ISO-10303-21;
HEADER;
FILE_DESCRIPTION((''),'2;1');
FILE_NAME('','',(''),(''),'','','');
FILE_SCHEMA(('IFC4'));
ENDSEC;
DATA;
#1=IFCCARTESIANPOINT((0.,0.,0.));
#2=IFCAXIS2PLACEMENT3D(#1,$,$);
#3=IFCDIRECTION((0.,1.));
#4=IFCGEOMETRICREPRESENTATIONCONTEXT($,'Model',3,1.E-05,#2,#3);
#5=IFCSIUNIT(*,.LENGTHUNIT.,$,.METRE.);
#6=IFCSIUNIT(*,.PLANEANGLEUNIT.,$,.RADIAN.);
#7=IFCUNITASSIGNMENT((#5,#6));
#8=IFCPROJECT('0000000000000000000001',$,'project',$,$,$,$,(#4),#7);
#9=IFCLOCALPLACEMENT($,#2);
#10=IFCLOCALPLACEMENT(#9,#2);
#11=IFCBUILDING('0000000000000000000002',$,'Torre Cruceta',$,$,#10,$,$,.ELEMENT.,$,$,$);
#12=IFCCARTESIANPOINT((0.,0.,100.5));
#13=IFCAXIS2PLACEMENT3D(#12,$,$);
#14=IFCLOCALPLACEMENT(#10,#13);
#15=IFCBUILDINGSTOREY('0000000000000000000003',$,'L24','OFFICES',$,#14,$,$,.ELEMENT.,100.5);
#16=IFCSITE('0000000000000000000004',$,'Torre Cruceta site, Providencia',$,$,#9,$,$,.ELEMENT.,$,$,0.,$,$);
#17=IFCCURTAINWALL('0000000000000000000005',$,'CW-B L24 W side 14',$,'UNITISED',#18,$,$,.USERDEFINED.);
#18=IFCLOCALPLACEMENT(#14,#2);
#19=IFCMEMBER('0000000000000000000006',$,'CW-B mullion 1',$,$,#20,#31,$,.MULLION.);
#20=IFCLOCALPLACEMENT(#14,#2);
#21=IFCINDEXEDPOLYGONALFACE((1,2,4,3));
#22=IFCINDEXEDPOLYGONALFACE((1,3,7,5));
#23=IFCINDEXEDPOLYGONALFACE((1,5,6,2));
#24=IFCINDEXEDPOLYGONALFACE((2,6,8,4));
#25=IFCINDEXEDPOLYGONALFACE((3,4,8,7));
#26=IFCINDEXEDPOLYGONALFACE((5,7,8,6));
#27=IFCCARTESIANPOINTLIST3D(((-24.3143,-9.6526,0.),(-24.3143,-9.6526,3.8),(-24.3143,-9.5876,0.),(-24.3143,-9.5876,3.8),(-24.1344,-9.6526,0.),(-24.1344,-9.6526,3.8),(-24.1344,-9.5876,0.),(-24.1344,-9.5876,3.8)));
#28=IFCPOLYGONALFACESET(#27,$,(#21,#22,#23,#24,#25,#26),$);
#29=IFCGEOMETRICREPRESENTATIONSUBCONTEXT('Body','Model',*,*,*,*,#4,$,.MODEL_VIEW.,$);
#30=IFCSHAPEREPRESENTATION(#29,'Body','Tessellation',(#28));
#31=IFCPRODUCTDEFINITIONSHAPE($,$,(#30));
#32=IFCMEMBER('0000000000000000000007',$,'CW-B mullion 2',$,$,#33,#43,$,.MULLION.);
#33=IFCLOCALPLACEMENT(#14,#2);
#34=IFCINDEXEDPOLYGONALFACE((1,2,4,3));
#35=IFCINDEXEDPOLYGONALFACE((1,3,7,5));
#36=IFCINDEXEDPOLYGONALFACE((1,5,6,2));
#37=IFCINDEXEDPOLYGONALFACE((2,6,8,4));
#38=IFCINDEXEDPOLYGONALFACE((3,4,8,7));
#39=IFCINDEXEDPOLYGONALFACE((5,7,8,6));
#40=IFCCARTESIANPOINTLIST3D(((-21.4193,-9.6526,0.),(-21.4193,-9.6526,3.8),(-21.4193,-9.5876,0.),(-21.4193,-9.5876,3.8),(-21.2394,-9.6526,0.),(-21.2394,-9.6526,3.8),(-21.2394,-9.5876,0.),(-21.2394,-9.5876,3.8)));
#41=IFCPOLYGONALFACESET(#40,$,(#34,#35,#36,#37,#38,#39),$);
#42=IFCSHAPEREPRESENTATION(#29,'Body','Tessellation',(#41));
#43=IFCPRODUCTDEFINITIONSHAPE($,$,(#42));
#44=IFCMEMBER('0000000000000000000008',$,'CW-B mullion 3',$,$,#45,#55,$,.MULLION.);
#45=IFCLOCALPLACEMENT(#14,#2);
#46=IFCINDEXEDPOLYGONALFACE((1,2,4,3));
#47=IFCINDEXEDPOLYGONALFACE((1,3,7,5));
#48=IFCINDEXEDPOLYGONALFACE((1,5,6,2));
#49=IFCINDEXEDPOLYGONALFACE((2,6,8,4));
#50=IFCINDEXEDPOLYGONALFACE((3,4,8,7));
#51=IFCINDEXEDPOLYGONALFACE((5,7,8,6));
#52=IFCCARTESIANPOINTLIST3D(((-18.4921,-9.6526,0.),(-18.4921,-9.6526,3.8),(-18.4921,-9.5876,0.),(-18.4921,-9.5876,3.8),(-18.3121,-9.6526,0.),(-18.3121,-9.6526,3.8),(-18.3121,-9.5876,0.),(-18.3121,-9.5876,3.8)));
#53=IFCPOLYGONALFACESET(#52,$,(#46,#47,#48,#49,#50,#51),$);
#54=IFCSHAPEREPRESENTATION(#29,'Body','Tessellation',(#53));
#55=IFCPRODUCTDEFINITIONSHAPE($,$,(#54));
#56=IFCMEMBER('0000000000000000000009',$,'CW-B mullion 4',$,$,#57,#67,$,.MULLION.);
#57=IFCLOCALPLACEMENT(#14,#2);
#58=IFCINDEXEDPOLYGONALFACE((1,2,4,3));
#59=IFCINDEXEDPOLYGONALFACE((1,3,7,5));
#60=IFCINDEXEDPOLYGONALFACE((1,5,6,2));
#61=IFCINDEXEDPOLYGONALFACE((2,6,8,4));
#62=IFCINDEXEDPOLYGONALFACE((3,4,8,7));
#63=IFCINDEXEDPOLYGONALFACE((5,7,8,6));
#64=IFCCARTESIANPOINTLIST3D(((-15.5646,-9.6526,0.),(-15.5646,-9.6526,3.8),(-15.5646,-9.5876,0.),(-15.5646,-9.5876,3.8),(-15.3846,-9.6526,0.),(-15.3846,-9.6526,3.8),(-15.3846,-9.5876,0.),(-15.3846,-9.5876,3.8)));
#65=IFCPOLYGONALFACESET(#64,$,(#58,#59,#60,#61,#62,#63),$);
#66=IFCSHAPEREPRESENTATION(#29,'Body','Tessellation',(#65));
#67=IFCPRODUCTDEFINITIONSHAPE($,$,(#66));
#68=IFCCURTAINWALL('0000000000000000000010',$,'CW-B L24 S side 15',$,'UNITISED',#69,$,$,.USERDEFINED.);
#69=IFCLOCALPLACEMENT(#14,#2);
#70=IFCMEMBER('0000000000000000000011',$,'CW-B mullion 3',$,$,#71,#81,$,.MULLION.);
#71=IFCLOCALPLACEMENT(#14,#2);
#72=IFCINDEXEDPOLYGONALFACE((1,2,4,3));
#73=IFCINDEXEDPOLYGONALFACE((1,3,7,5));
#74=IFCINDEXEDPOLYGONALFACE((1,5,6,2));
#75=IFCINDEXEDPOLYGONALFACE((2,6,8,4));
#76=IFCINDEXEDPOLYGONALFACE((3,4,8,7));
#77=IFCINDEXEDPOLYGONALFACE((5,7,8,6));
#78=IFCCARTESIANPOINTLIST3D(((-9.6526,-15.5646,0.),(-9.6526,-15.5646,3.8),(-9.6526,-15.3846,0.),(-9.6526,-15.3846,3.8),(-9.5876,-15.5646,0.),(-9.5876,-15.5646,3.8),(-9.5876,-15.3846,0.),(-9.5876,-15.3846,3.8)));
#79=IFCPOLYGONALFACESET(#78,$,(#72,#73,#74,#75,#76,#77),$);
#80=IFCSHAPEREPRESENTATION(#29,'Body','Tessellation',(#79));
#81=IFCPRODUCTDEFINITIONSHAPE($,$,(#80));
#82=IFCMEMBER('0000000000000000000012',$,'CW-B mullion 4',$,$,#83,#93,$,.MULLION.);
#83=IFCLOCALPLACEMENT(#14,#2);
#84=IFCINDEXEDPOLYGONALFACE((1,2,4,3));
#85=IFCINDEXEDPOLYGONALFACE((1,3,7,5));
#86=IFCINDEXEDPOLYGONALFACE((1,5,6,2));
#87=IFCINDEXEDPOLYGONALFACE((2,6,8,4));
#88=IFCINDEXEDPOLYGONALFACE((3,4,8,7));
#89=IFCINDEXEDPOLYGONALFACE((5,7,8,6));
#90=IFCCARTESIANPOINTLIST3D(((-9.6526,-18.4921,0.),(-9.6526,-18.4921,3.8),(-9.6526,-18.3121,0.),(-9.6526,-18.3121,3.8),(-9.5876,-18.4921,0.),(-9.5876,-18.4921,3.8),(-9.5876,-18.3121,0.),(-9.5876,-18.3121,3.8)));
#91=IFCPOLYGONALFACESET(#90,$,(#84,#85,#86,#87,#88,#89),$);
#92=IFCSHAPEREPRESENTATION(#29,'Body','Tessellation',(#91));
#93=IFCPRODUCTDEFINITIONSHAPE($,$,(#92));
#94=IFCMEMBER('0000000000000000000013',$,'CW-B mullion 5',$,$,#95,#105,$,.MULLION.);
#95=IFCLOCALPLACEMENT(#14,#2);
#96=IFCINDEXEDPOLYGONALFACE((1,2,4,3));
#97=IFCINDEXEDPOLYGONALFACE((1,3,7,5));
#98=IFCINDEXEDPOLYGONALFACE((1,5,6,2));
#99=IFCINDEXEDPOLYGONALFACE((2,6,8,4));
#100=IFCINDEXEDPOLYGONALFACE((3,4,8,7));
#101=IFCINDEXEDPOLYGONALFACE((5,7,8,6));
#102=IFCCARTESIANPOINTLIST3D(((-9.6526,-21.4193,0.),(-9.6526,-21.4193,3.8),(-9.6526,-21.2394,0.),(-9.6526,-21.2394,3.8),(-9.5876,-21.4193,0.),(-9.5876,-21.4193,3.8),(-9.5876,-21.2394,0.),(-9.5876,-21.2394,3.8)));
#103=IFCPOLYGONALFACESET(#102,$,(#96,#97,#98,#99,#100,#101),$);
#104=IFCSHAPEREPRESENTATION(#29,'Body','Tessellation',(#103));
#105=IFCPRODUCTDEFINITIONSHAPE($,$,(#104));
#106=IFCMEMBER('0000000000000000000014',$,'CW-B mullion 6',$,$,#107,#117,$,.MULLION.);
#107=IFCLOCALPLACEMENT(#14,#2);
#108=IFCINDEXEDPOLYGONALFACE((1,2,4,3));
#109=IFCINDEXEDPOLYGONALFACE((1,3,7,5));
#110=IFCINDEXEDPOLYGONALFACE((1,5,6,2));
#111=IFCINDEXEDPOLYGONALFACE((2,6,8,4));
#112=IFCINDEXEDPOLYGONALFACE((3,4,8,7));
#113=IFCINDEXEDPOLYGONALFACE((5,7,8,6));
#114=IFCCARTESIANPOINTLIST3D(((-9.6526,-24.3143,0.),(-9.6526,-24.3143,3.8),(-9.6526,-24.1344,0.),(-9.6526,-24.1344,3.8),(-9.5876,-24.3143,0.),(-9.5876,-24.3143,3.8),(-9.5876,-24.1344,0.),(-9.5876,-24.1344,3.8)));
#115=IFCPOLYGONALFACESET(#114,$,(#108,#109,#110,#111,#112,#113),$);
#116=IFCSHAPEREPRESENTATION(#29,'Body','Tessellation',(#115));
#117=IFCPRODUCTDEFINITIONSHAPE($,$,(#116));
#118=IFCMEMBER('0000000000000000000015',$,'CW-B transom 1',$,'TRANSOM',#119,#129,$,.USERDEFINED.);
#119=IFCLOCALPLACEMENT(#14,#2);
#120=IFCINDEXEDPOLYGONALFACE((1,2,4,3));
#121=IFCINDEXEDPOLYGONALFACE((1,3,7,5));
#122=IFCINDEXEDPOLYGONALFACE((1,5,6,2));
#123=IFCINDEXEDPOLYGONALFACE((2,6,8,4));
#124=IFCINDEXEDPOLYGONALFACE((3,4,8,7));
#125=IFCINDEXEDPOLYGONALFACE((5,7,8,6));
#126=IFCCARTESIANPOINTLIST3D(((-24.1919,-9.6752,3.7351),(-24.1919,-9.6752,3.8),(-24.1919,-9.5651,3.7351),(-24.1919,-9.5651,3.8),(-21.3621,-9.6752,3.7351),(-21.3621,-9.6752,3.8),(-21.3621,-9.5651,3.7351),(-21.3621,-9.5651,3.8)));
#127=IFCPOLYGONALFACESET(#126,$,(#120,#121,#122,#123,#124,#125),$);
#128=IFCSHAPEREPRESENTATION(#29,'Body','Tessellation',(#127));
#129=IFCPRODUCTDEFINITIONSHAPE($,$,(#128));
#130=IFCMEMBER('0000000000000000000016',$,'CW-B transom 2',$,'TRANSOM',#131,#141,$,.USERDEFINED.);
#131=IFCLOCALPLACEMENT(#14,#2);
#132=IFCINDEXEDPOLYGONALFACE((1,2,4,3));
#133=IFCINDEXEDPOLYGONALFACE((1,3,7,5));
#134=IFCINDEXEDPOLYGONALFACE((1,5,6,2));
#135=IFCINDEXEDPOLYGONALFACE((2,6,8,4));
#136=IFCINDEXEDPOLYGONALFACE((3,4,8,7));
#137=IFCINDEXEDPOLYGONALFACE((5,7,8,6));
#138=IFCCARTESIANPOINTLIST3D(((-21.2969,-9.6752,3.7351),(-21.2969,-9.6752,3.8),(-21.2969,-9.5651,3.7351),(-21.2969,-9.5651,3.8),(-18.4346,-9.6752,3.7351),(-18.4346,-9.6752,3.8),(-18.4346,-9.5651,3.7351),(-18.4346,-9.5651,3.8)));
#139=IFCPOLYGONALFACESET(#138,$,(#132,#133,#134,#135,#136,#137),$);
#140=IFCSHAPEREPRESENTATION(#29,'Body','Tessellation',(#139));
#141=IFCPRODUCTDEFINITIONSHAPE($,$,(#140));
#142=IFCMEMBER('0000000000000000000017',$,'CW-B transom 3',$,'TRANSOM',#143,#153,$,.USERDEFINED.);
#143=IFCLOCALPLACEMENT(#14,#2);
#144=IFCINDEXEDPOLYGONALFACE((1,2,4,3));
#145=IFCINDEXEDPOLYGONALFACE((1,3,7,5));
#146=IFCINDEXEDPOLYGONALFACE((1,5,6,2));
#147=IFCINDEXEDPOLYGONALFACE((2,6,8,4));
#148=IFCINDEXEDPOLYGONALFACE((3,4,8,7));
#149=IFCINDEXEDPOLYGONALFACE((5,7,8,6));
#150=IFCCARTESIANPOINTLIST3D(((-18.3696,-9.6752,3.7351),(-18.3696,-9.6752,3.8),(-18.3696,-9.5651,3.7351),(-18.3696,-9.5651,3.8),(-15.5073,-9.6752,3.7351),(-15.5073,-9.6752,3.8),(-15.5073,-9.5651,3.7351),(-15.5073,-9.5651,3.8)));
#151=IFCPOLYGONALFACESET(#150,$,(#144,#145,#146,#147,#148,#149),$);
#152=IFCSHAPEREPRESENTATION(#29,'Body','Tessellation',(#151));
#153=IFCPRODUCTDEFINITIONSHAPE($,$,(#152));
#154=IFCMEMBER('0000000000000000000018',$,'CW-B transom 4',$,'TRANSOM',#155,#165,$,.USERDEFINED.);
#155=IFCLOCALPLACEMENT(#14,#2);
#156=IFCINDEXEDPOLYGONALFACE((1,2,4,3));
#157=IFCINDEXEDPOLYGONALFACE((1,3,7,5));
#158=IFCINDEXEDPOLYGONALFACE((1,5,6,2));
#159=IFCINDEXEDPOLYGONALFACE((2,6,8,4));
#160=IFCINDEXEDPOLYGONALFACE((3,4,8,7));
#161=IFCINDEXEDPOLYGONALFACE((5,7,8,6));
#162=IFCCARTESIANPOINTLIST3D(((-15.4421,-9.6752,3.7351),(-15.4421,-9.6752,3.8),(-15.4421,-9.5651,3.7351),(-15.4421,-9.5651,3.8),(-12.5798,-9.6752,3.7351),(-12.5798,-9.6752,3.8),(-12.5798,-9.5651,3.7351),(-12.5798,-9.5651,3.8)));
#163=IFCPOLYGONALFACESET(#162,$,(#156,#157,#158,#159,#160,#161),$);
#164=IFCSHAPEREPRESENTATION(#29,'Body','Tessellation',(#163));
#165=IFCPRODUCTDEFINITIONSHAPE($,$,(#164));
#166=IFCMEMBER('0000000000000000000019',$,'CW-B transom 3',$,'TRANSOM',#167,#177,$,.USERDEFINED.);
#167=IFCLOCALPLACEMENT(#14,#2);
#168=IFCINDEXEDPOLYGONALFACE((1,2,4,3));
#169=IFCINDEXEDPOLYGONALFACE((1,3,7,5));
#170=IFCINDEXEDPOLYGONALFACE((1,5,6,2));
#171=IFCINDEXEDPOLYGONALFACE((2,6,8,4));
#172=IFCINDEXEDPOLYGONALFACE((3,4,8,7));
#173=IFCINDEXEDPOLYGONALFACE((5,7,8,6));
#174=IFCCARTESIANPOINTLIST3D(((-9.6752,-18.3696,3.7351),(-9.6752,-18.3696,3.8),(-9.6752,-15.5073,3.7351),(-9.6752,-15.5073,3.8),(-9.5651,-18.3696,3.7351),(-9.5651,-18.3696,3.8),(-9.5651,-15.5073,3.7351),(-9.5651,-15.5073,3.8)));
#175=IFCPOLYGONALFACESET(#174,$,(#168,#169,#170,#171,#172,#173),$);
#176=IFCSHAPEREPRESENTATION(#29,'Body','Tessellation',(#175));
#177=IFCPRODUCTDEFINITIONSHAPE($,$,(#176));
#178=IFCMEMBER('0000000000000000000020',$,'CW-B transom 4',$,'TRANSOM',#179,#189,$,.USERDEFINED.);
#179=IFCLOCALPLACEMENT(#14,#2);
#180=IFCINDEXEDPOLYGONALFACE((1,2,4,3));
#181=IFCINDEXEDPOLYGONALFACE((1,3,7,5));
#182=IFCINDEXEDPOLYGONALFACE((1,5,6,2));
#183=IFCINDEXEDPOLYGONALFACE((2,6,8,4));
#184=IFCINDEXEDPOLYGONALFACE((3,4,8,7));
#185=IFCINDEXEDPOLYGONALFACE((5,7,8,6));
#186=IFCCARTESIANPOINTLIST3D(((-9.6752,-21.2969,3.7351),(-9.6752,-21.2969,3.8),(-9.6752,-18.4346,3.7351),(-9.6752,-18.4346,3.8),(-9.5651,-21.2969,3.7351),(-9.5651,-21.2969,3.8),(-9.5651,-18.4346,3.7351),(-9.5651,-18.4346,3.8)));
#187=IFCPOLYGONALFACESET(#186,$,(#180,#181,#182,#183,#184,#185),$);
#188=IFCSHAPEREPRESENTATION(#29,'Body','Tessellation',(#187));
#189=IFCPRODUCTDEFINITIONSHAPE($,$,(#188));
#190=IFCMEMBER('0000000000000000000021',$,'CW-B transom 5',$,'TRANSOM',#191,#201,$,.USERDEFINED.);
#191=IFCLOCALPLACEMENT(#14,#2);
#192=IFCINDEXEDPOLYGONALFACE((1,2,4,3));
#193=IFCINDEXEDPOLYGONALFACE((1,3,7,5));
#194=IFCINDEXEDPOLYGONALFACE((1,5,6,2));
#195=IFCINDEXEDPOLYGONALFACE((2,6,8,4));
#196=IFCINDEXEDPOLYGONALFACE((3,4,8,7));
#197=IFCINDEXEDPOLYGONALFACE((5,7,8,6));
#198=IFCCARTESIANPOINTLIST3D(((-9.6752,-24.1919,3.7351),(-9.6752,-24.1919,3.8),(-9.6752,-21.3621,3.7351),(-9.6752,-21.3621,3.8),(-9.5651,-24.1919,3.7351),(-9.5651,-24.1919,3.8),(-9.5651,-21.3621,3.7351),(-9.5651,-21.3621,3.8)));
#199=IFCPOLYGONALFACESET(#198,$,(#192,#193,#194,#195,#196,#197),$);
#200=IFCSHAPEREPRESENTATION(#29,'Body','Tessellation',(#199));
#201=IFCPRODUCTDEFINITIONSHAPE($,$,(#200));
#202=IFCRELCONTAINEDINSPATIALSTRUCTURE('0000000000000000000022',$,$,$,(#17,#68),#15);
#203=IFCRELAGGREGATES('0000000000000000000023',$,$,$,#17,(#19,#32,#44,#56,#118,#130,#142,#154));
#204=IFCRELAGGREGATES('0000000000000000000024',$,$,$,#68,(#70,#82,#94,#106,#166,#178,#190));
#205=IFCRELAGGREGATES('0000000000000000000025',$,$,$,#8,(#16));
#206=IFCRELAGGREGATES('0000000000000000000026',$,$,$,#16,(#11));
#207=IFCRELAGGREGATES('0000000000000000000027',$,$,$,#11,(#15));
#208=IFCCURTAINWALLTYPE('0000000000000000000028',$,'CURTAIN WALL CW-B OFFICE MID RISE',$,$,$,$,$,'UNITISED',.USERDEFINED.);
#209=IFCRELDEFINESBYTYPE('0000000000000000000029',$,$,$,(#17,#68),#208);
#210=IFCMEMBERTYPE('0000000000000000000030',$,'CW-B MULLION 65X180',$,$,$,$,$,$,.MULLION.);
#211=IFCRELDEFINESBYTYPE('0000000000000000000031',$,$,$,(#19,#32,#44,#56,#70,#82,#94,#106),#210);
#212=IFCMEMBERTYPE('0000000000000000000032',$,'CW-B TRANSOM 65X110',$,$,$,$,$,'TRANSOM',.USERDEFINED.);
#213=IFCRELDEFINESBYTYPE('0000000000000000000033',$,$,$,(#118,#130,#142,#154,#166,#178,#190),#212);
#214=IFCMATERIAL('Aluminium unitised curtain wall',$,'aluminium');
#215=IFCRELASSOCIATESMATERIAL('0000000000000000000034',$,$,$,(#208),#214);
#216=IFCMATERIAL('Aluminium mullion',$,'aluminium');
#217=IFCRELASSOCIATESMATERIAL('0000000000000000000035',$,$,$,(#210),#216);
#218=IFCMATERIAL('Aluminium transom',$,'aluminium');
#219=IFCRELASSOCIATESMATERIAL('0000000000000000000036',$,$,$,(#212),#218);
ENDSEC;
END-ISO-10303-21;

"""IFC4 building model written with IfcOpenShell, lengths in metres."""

from ifc_helpers import new_model, si_unit, direction, frame, origin, origin_2d, place, context, subcontext, project, spatial, rectangle, extrude, material, material_profile, profile_set, type_object, element, aggregate, save


model = new_model("IFC4")

# Units and contexts
model_context = context("Model", 3, precision=1e-05, world=origin(), true_north=direction((0.0, 1.0)))
body_context = subcontext(model_context, "Body", "Model", "MODEL_VIEW")
ifc_project = project(units=[si_unit("LENGTHUNIT", "METRE"), si_unit("PLANEANGLEUNIT", "RADIAN")], contexts=[model_context])

# Site, building, storey
site_placement = place(None, origin())
site = spatial("IfcSite", under=ifc_project, at=site_placement, Name="Torre Cruceta site, Providencia", CompositionType="ELEMENT", RefElevation=0.0)
building_placement = place(site_placement, origin())
building = spatial("IfcBuilding", under=site, at=building_placement, Name="Torre Cruceta", CompositionType="ELEMENT")
storey_placement = place(building_placement, frame((0.0, 0.0, 100.5)))
storey = spatial("IfcBuildingStorey", under=building, at=storey_placement, Name="L24", Description="OFFICES", CompositionType="ELEMENT", Elevation=100.5)

# Curtain walls, members
ifc_material_1 = material(Name="Aluminium unitised curtain wall", Category="aluminium")
curtain_wall_type = type_object("IfcCurtainWallType", Name="CURTAIN WALL CW-B OFFICE MID RISE", ElementType="UNITISED", PredefinedType="USERDEFINED", material=ifc_material_1)
curtain_wall_1_placement = place(storey_placement, origin())
curtain_wall_1 = element("IfcCurtainWall", 1, at=curtain_wall_1_placement, inside=storey, type_object=curtain_wall_type, Name="CW-B L24 W side 14", ObjectType="UNITISED", PredefinedType="USERDEFINED")
ifc_material_2 = material(Name="Aluminium mullion", Category="aluminium")
ifc_material_profile_1 = material_profile(ifc_material_2, rectangle(XDim=0.0649, YDim=0.1799, at=origin_2d()), Name="AL 65X180")
ifc_profile_set_1 = profile_set([ifc_material_profile_1], Name="Aluminium mullion")
member_type_1 = type_object("IfcMemberType", Name="CW-B MULLION 65X180", PredefinedType="MULLION", material=ifc_profile_set_1)
member_1_placement = place(storey_placement, frame((-24.2244, -9.6201, 0.0), z_axis=(0.0, 0.0, 1.0), x_axis=(0.0, 1.0, 0.0)))
member_1 = element("IfcMember", 2, at=member_1_placement, type_object=member_type_1, Name="CW-B mullion 1", PredefinedType="MULLION", context=body_context, shape_type="SweptSolid", body=[
    extrude(rectangle(XDim=0.0649, YDim=0.1799, at=origin_2d()), origin(), (0.0, 0.0, 1.0), 3.8),
])
member_2_placement = place(storey_placement, frame((-21.3293, -9.6201, 0.0), z_axis=(0.0, 0.0, 1.0), x_axis=(0.0, 1.0, 0.0)))
member_2 = element("IfcMember", 3, at=member_2_placement, type_object=member_type_1, Name="CW-B mullion 2", PredefinedType="MULLION", context=body_context, shape_type="SweptSolid", body=[
    extrude(rectangle(XDim=0.0649, YDim=0.1799, at=origin_2d()), origin(), (0.0, 0.0, 1.0), 3.8),
])
member_3_placement = place(storey_placement, frame((-18.4021, -9.6201, 0.0), z_axis=(0.0, 0.0, 1.0), x_axis=(0.0, 1.0, 0.0)))
member_3 = element("IfcMember", 4, at=member_3_placement, type_object=member_type_1, Name="CW-B mullion 3", PredefinedType="MULLION", context=body_context, shape_type="SweptSolid", body=[
    extrude(rectangle(XDim=0.0649, YDim=0.1799, at=origin_2d()), origin(), (0.0, 0.0, 1.0), 3.8),
])
member_4_placement = place(storey_placement, frame((-15.4746, -9.6201, 0.0), z_axis=(0.0, 0.0, 1.0), x_axis=(0.0, 1.0, 0.0)))
member_4 = element("IfcMember", 5, at=member_4_placement, type_object=member_type_1, Name="CW-B mullion 4", PredefinedType="MULLION", context=body_context, shape_type="SweptSolid", body=[
    extrude(rectangle(XDim=0.0649, YDim=0.1799, at=origin_2d()), origin(), (0.0, 0.0, 1.0), 3.8),
])
curtain_wall_2_placement = place(storey_placement, origin())
curtain_wall_2 = element("IfcCurtainWall", 6, at=curtain_wall_2_placement, inside=storey, type_object=curtain_wall_type, Name="CW-B L24 S side 15", ObjectType="UNITISED", PredefinedType="USERDEFINED")
member_5_placement = place(storey_placement, frame((-9.6201, -15.4746, 0.0), z_axis=(0.0, 0.0, 1.0), x_axis=(1.0, 0.0, 0.0)))
member_5 = element("IfcMember", 7, at=member_5_placement, type_object=member_type_1, Name="CW-B mullion 3", PredefinedType="MULLION", context=body_context, shape_type="SweptSolid", body=[
    extrude(rectangle(XDim=0.0649, YDim=0.1799, at=origin_2d()), origin(), (0.0, 0.0, 1.0), 3.8),
])
member_6_placement = place(storey_placement, frame((-9.6201, -18.4021, 0.0), z_axis=(0.0, 0.0, 1.0), x_axis=(1.0, 0.0, 0.0)))
member_6 = element("IfcMember", 8, at=member_6_placement, type_object=member_type_1, Name="CW-B mullion 4", PredefinedType="MULLION", context=body_context, shape_type="SweptSolid", body=[
    extrude(rectangle(XDim=0.0649, YDim=0.1799, at=origin_2d()), origin(), (0.0, 0.0, 1.0), 3.8),
])
member_7_placement = place(storey_placement, frame((-9.6201, -21.3293, 0.0), z_axis=(0.0, 0.0, 1.0), x_axis=(1.0, 0.0, 0.0)))
member_7 = element("IfcMember", 9, at=member_7_placement, type_object=member_type_1, Name="CW-B mullion 5", PredefinedType="MULLION", context=body_context, shape_type="SweptSolid", body=[
    extrude(rectangle(XDim=0.0649, YDim=0.1799, at=origin_2d()), origin(), (0.0, 0.0, 1.0), 3.8),
])
member_8_placement = place(storey_placement, frame((-9.6201, -24.2244, 0.0), z_axis=(0.0, 0.0, 1.0), x_axis=(1.0, 0.0, 0.0)))
member_8 = element("IfcMember", 10, at=member_8_placement, type_object=member_type_1, Name="CW-B mullion 6", PredefinedType="MULLION", context=body_context, shape_type="SweptSolid", body=[
    extrude(rectangle(XDim=0.0649, YDim=0.1799, at=origin_2d()), origin(), (0.0, 0.0, 1.0), 3.8),
])

# Members
ifc_material_3 = material(Name="Aluminium transom", Category="aluminium")
ifc_material_profile_2 = material_profile(ifc_material_3, rectangle(XDim=0.1101, YDim=0.0649, at=origin_2d()), Name="AL 110X65")
ifc_profile_set_2 = profile_set([ifc_material_profile_2], Name="Aluminium transom")
member_type_2 = type_object("IfcMemberType", Name="CW-B TRANSOM 65X110", ElementType="TRANSOM", PredefinedType="USERDEFINED", material=ifc_profile_set_2)
member_9_placement = place(storey_placement, frame((-24.1919, -9.6201, 3.7676), z_axis=(1.0, 0.0, 0.0), x_axis=(0.0, 1.0, 0.0)))
member_9 = element("IfcMember", 11, at=member_9_placement, type_object=member_type_2, Name="CW-B transom 1", ObjectType="TRANSOM", PredefinedType="USERDEFINED", context=body_context, shape_type="SweptSolid", body=[
    extrude(rectangle(XDim=0.1101, YDim=0.0649, at=origin_2d()), origin(), (0.0, 0.0, 1.0), 2.8298),
])
member_10_placement = place(storey_placement, frame((-21.2969, -9.6201, 3.7676), z_axis=(1.0, 0.0, 0.0), x_axis=(0.0, 1.0, 0.0)))
member_10 = element("IfcMember", 12, at=member_10_placement, type_object=member_type_2, Name="CW-B transom 2", ObjectType="TRANSOM", PredefinedType="USERDEFINED", context=body_context, shape_type="SweptSolid", body=[
    extrude(rectangle(XDim=0.1101, YDim=0.0649, at=origin_2d()), origin(), (0.0, 0.0, 1.0), 2.8623),
])
member_11_placement = place(storey_placement, frame((-18.3696, -9.6201, 3.7676), z_axis=(1.0, 0.0, 0.0), x_axis=(0.0, 1.0, 0.0)))
member_11 = element("IfcMember", 13, at=member_11_placement, type_object=member_type_2, Name="CW-B transom 3", ObjectType="TRANSOM", PredefinedType="USERDEFINED", context=body_context, shape_type="SweptSolid", body=[
    extrude(rectangle(XDim=0.1101, YDim=0.0649, at=origin_2d()), origin(), (0.0, 0.0, 1.0), 2.8623),
])
member_12_placement = place(storey_placement, frame((-15.4421, -9.6201, 3.7676), z_axis=(1.0, 0.0, 0.0), x_axis=(0.0, 1.0, 0.0)))
member_12 = element("IfcMember", 14, at=member_12_placement, type_object=member_type_2, Name="CW-B transom 4", ObjectType="TRANSOM", PredefinedType="USERDEFINED", context=body_context, shape_type="SweptSolid", body=[
    extrude(rectangle(XDim=0.1101, YDim=0.0649, at=origin_2d()), origin(), (0.0, 0.0, 1.0), 2.8623),
])
member_13_placement = place(storey_placement, frame((-9.6201, -15.5073, 3.7676), z_axis=(0.0, -1.0, 0.0), x_axis=(1.0, 0.0, 0.0)))
member_13 = element("IfcMember", 15, at=member_13_placement, type_object=member_type_2, Name="CW-B transom 3", ObjectType="TRANSOM", PredefinedType="USERDEFINED", context=body_context, shape_type="SweptSolid", body=[
    extrude(rectangle(XDim=0.1101, YDim=0.0649, at=origin_2d()), origin(), (0.0, 0.0, 1.0), 2.8623),
])
member_14_placement = place(storey_placement, frame((-9.6201, -18.4346, 3.7676), z_axis=(0.0, -1.0, 0.0), x_axis=(1.0, 0.0, 0.0)))
member_14 = element("IfcMember", 16, at=member_14_placement, type_object=member_type_2, Name="CW-B transom 4", ObjectType="TRANSOM", PredefinedType="USERDEFINED", context=body_context, shape_type="SweptSolid", body=[
    extrude(rectangle(XDim=0.1101, YDim=0.0649, at=origin_2d()), origin(), (0.0, 0.0, 1.0), 2.8623),
])
member_15_placement = place(storey_placement, frame((-9.6201, -21.3621, 3.7676), z_axis=(0.0, -1.0, 0.0), x_axis=(1.0, 0.0, 0.0)))
member_15 = element("IfcMember", 17, at=member_15_placement, type_object=member_type_2, Name="CW-B transom 5", ObjectType="TRANSOM", PredefinedType="USERDEFINED", context=body_context, shape_type="SweptSolid", body=[
    extrude(rectangle(XDim=0.1101, YDim=0.0649, at=origin_2d()), origin(), (0.0, 0.0, 1.0), 2.8298),
])

aggregate(curtain_wall_1, [member_1, member_2, member_3, member_4, member_9, member_10, member_11, member_12])
aggregate(curtain_wall_2, [member_5, member_6, member_7, member_8, member_13, member_14, member_15])

save(model, "model.ifc")
